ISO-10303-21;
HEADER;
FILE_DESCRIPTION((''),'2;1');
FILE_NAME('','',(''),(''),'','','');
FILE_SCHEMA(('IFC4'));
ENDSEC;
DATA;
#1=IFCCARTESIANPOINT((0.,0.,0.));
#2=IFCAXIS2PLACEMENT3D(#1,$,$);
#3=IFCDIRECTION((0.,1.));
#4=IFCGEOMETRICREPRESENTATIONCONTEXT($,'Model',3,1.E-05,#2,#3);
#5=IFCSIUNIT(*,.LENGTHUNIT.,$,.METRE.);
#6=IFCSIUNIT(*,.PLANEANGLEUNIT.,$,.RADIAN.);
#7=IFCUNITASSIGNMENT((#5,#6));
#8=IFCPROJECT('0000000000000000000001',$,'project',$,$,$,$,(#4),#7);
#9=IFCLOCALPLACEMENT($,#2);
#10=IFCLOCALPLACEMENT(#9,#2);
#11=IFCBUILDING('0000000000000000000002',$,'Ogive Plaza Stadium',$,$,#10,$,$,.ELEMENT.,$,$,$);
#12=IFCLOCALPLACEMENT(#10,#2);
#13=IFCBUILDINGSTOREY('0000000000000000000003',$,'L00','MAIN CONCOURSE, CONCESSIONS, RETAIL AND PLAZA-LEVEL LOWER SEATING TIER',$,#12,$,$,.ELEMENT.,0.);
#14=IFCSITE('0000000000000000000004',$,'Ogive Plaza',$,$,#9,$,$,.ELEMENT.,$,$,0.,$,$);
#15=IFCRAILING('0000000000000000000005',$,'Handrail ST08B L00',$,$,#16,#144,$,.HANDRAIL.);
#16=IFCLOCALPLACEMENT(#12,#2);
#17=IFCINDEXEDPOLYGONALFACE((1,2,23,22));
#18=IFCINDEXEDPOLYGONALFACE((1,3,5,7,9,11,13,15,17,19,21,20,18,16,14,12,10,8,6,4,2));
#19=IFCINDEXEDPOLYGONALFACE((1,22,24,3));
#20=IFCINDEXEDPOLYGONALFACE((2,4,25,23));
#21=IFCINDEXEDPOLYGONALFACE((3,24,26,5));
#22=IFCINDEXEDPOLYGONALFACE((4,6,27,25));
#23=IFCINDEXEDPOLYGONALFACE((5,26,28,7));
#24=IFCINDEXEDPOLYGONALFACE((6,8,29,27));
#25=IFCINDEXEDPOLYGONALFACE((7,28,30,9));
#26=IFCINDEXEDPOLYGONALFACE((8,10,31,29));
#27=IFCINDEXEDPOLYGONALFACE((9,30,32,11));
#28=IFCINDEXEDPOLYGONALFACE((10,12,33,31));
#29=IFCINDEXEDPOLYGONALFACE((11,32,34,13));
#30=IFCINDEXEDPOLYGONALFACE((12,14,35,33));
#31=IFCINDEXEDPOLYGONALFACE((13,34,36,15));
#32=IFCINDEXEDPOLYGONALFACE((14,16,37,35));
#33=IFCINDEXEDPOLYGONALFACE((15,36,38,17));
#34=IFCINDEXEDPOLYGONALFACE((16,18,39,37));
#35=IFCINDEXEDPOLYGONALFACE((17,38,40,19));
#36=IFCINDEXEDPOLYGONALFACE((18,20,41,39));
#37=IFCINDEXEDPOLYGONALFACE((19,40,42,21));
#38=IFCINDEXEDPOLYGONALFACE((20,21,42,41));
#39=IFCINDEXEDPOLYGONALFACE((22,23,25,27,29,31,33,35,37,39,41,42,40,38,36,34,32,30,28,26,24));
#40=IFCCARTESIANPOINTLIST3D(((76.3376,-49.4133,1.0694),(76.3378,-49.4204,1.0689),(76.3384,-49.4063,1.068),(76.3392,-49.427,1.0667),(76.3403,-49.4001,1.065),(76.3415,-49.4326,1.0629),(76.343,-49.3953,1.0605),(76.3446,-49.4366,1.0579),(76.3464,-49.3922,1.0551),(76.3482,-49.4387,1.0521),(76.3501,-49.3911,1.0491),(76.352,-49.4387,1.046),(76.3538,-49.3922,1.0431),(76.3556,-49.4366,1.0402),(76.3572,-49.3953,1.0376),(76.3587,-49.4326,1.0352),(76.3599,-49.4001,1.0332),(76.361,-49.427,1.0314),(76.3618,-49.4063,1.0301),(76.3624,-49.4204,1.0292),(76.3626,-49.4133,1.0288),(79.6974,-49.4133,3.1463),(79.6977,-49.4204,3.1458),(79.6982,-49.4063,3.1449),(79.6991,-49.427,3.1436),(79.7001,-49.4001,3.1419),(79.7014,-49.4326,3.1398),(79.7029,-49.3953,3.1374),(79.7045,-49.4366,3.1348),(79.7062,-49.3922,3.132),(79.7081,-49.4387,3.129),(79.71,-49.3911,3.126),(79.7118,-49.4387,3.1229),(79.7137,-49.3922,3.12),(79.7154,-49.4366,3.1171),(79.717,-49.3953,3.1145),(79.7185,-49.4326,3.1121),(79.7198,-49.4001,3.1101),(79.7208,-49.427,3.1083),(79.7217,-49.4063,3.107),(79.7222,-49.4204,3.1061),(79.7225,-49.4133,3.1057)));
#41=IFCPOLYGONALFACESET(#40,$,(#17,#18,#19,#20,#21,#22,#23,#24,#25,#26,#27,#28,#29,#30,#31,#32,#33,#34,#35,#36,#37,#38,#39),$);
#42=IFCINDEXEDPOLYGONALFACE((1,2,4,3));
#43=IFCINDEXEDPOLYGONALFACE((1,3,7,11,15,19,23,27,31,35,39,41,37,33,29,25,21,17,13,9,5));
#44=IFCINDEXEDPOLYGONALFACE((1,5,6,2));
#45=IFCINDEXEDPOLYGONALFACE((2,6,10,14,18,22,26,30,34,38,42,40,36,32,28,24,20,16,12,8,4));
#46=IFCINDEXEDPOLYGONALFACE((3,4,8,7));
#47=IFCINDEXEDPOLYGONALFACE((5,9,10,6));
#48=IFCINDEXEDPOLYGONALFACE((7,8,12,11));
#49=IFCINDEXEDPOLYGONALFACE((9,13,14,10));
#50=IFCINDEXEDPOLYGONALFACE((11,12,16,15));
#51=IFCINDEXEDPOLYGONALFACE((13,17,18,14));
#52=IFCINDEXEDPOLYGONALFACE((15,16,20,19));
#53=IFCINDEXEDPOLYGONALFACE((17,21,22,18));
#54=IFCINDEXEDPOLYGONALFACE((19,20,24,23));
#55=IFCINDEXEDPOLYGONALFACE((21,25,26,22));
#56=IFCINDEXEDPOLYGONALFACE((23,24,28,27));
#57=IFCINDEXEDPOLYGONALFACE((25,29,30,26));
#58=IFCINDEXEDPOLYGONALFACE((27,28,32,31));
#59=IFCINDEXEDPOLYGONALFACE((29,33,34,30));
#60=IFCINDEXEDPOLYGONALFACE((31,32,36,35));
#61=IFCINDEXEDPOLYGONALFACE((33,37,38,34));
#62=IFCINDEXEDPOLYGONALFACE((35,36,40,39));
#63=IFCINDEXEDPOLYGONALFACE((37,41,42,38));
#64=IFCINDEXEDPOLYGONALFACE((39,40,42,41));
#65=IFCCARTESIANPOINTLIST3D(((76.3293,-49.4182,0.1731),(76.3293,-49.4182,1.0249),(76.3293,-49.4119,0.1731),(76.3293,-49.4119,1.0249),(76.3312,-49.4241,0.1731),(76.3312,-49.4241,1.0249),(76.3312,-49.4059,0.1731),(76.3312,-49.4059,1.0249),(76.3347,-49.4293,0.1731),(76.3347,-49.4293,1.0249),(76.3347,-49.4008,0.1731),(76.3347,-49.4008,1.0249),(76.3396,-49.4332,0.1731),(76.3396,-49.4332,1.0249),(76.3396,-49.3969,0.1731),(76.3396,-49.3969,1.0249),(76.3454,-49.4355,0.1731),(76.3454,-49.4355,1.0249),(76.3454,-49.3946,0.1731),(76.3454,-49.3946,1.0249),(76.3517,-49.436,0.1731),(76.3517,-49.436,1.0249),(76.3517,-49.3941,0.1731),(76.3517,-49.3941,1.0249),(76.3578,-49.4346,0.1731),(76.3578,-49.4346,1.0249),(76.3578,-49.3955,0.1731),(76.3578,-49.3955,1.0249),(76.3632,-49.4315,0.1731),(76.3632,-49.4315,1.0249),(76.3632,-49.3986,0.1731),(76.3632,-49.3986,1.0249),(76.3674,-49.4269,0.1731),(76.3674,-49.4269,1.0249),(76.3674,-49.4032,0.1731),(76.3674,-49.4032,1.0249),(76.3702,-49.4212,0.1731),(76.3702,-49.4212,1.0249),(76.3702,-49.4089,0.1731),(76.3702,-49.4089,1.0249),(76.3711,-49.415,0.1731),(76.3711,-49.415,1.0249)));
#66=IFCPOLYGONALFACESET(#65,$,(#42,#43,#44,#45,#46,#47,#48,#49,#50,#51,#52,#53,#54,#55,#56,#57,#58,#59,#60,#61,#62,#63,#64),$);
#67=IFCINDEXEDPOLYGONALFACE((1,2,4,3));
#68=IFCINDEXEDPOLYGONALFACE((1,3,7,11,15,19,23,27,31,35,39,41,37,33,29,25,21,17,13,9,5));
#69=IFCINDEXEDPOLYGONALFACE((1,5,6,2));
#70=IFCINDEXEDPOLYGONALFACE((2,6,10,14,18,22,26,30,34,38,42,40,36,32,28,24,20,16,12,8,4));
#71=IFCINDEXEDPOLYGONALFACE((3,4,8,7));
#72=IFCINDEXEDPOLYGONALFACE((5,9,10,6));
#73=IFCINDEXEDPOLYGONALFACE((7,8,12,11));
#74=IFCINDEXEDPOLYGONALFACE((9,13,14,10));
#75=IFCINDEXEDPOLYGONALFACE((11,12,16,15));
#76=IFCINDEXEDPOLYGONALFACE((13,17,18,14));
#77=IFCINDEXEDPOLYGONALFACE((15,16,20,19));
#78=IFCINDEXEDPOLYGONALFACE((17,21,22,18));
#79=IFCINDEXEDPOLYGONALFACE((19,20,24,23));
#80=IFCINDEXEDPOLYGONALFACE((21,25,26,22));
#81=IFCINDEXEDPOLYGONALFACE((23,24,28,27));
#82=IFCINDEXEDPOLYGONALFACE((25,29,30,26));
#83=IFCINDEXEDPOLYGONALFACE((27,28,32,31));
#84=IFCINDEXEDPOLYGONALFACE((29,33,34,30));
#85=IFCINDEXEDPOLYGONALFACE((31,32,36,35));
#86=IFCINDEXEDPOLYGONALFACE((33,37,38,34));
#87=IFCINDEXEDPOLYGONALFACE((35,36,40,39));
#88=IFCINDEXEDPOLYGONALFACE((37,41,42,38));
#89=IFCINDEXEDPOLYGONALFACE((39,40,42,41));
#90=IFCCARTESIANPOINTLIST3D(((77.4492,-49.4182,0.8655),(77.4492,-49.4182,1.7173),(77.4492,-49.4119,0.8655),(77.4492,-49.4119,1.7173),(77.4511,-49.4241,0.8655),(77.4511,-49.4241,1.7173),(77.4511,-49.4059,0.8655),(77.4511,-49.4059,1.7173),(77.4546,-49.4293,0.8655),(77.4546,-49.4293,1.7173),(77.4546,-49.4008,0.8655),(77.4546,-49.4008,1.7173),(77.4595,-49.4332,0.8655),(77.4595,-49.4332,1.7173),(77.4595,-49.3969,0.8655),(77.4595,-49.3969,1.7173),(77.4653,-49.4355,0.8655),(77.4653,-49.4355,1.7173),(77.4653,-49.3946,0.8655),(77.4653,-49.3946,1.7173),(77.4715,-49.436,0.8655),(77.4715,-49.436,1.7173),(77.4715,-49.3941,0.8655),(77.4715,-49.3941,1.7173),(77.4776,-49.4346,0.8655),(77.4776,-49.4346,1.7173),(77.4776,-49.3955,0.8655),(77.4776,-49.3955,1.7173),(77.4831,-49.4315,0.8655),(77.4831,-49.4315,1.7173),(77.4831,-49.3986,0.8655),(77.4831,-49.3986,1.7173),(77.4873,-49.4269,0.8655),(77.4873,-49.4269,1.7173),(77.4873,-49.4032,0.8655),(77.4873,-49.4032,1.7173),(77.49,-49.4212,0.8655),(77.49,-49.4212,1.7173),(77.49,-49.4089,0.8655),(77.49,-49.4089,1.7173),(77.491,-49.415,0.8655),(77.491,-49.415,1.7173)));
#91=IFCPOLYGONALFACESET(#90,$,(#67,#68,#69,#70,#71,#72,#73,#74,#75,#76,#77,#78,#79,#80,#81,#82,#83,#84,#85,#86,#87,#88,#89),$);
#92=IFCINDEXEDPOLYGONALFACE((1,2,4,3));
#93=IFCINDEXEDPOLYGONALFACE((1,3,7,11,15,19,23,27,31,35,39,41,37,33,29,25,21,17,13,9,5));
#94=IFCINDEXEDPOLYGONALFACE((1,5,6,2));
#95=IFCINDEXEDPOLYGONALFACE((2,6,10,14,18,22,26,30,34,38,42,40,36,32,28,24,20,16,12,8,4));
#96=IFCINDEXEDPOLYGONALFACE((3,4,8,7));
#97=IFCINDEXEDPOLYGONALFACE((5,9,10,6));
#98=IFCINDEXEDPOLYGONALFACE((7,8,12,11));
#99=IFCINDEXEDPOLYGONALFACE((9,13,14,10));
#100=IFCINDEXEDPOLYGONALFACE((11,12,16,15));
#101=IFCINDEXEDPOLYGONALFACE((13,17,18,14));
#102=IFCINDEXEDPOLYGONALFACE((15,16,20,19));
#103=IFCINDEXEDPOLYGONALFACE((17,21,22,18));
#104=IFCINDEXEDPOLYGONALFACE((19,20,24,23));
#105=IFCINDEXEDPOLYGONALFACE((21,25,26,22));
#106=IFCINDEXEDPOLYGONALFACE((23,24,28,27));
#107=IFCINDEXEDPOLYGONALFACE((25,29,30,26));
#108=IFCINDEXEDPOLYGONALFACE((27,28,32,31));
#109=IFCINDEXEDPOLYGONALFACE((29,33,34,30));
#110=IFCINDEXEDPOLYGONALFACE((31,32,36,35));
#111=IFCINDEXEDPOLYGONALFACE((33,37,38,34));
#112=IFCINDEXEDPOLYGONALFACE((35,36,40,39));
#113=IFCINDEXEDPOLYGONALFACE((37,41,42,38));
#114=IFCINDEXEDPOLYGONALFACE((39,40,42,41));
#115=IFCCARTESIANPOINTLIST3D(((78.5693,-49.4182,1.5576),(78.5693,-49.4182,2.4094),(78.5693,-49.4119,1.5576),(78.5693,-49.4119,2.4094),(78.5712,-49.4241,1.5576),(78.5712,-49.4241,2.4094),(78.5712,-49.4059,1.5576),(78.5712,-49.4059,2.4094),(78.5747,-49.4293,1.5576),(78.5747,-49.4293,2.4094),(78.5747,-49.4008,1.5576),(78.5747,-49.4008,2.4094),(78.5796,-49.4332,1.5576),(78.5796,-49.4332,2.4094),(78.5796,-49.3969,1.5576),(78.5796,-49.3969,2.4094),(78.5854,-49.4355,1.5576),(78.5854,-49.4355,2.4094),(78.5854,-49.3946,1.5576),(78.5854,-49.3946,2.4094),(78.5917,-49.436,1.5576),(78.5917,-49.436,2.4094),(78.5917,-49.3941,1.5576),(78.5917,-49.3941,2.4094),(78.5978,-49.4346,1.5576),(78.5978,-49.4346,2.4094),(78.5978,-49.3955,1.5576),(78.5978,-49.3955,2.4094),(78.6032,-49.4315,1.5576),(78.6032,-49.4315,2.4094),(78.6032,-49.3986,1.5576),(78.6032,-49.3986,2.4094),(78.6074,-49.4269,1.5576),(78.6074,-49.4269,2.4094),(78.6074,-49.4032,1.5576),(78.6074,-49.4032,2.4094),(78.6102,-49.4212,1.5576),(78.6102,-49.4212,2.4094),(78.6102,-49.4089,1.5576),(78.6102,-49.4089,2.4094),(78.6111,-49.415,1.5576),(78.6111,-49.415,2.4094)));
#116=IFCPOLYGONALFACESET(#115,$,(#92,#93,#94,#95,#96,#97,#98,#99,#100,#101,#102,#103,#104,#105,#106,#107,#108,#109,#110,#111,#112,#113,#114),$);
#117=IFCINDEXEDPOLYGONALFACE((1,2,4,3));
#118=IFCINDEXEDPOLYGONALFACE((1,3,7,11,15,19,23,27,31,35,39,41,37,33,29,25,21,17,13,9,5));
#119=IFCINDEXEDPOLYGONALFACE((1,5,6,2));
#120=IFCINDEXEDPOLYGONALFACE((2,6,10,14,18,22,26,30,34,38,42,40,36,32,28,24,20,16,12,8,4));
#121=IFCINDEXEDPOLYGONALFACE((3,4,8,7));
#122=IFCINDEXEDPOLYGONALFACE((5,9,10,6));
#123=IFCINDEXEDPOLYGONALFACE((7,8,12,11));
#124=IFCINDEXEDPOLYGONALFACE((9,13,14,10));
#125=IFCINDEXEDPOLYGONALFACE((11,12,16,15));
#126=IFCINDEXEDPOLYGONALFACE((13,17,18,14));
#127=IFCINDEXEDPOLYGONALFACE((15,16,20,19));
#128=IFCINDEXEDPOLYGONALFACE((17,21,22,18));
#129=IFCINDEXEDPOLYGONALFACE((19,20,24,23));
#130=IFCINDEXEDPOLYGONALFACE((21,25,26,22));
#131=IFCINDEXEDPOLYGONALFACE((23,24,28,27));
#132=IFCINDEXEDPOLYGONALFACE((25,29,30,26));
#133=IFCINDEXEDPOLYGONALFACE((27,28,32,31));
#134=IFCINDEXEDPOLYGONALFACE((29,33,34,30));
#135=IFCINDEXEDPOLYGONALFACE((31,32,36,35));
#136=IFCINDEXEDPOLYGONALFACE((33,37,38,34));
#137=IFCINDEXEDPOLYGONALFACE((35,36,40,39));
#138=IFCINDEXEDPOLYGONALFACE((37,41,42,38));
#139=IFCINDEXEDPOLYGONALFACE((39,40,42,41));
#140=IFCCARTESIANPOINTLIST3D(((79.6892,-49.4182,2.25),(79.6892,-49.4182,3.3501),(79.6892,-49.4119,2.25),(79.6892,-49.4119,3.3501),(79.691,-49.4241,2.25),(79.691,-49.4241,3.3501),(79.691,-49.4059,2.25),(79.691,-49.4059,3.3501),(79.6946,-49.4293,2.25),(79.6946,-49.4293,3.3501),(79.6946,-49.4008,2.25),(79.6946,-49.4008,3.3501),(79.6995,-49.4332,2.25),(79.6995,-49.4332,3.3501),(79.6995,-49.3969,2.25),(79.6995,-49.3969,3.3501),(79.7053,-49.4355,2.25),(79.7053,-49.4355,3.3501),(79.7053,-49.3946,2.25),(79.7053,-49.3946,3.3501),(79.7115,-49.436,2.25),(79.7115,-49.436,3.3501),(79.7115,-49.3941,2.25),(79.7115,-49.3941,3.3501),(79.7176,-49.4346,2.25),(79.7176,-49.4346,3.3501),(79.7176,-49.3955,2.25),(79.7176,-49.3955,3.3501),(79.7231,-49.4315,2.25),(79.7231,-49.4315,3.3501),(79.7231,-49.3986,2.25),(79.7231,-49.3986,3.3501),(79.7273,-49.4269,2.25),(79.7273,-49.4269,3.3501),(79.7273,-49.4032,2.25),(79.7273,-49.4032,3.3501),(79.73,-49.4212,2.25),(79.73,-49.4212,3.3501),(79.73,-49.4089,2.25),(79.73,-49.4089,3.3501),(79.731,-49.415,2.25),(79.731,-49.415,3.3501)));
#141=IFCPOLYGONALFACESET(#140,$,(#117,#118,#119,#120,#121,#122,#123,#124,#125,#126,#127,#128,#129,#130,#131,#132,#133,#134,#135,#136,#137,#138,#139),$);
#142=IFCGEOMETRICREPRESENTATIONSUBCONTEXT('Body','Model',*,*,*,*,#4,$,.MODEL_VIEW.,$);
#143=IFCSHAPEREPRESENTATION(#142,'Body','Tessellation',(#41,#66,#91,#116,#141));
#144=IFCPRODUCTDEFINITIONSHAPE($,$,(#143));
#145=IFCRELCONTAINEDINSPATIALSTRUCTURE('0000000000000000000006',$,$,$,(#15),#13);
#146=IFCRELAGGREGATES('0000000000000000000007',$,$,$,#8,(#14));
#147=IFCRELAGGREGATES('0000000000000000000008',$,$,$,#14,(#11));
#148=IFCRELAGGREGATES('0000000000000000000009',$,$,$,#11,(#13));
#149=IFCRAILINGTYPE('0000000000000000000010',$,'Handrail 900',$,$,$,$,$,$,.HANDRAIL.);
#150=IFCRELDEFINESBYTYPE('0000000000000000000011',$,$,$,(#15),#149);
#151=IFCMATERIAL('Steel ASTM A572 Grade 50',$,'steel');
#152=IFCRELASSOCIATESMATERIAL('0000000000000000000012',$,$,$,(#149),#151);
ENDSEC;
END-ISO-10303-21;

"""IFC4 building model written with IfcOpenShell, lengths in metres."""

from ifc_helpers import new_model, si_unit, direction, frame, origin, origin_2d, place, context, subcontext, project, spatial, circle, extrude, material, type_object, element, save


model = new_model("IFC4")

# Units and contexts
model_context = context("Model", 3, precision=1e-05, world=origin(), true_north=direction((0.0, 1.0)))
body_context = subcontext(model_context, "Body", "Model", "MODEL_VIEW")
ifc_project = project(units=[si_unit("LENGTHUNIT", "METRE"), si_unit("PLANEANGLEUNIT", "RADIAN")], contexts=[model_context])

# Site, building, storey
site_placement = place(None, origin())
site = spatial("IfcSite", under=ifc_project, at=site_placement, Name="Ogive Plaza", CompositionType="ELEMENT", RefElevation=0.0)
building_placement = place(site_placement, origin())
building = spatial("IfcBuilding", under=site, at=building_placement, Name="Ogive Plaza Stadium", CompositionType="ELEMENT")
storey_placement = place(building_placement, origin())
storey = spatial("IfcBuildingStorey", under=building, at=storey_placement, Name="L00", Description="MAIN CONCOURSE, CONCESSIONS, RETAIL AND PLAZA-LEVEL LOWER SEATING TIER", CompositionType="ELEMENT", Elevation=0.0)

# Railing
ifc_material_1 = material(Name="Steel ASTM A572 Grade 50", Category="steel")
railing_type_1 = type_object("IfcRailingType", Name="Handrail 900", PredefinedType="HANDRAIL", material=ifc_material_1)
for number, where, name in (
    (1, (76.3501, -49.415, 0.1731), "Handrail ST08B L00"),
):
    element("IfcRailing", number, at=place(storey_placement, frame(where)), inside=storey, type_object=railing_type_1, Name=name, PredefinedType="HANDRAIL", context=body_context, shape_type="SweptSolid", body=[
        extrude(circle(Radius=0.0239, at=origin_2d()), frame((0.0, 0.0, 0.876), z_axis=(0.850606, 0.0, 0.525803), x_axis=(0.0, 1.0, 0.0)), (0.0, 0.0, 1.0), 3.95),
        extrude(circle(Radius=0.021, at=origin_2d()), origin(), (0.0, 0.0, 1.0), 0.8518),
        extrude(circle(Radius=0.021, at=origin_2d()), frame((1.1199, 0.0, 0.6924)), (0.0, 0.0, 1.0), 0.8518),
        extrude(circle(Radius=0.021, at=origin_2d()), frame((2.24, 0.0, 1.3845)), (0.0, 0.0, 1.0), 0.8518),
        extrude(circle(Radius=0.021, at=origin_2d()), frame((3.3599, 0.0, 2.0769)), (0.0, 0.0, 1.0), 1.1001),
    ])

save(model, "model.ifc")
